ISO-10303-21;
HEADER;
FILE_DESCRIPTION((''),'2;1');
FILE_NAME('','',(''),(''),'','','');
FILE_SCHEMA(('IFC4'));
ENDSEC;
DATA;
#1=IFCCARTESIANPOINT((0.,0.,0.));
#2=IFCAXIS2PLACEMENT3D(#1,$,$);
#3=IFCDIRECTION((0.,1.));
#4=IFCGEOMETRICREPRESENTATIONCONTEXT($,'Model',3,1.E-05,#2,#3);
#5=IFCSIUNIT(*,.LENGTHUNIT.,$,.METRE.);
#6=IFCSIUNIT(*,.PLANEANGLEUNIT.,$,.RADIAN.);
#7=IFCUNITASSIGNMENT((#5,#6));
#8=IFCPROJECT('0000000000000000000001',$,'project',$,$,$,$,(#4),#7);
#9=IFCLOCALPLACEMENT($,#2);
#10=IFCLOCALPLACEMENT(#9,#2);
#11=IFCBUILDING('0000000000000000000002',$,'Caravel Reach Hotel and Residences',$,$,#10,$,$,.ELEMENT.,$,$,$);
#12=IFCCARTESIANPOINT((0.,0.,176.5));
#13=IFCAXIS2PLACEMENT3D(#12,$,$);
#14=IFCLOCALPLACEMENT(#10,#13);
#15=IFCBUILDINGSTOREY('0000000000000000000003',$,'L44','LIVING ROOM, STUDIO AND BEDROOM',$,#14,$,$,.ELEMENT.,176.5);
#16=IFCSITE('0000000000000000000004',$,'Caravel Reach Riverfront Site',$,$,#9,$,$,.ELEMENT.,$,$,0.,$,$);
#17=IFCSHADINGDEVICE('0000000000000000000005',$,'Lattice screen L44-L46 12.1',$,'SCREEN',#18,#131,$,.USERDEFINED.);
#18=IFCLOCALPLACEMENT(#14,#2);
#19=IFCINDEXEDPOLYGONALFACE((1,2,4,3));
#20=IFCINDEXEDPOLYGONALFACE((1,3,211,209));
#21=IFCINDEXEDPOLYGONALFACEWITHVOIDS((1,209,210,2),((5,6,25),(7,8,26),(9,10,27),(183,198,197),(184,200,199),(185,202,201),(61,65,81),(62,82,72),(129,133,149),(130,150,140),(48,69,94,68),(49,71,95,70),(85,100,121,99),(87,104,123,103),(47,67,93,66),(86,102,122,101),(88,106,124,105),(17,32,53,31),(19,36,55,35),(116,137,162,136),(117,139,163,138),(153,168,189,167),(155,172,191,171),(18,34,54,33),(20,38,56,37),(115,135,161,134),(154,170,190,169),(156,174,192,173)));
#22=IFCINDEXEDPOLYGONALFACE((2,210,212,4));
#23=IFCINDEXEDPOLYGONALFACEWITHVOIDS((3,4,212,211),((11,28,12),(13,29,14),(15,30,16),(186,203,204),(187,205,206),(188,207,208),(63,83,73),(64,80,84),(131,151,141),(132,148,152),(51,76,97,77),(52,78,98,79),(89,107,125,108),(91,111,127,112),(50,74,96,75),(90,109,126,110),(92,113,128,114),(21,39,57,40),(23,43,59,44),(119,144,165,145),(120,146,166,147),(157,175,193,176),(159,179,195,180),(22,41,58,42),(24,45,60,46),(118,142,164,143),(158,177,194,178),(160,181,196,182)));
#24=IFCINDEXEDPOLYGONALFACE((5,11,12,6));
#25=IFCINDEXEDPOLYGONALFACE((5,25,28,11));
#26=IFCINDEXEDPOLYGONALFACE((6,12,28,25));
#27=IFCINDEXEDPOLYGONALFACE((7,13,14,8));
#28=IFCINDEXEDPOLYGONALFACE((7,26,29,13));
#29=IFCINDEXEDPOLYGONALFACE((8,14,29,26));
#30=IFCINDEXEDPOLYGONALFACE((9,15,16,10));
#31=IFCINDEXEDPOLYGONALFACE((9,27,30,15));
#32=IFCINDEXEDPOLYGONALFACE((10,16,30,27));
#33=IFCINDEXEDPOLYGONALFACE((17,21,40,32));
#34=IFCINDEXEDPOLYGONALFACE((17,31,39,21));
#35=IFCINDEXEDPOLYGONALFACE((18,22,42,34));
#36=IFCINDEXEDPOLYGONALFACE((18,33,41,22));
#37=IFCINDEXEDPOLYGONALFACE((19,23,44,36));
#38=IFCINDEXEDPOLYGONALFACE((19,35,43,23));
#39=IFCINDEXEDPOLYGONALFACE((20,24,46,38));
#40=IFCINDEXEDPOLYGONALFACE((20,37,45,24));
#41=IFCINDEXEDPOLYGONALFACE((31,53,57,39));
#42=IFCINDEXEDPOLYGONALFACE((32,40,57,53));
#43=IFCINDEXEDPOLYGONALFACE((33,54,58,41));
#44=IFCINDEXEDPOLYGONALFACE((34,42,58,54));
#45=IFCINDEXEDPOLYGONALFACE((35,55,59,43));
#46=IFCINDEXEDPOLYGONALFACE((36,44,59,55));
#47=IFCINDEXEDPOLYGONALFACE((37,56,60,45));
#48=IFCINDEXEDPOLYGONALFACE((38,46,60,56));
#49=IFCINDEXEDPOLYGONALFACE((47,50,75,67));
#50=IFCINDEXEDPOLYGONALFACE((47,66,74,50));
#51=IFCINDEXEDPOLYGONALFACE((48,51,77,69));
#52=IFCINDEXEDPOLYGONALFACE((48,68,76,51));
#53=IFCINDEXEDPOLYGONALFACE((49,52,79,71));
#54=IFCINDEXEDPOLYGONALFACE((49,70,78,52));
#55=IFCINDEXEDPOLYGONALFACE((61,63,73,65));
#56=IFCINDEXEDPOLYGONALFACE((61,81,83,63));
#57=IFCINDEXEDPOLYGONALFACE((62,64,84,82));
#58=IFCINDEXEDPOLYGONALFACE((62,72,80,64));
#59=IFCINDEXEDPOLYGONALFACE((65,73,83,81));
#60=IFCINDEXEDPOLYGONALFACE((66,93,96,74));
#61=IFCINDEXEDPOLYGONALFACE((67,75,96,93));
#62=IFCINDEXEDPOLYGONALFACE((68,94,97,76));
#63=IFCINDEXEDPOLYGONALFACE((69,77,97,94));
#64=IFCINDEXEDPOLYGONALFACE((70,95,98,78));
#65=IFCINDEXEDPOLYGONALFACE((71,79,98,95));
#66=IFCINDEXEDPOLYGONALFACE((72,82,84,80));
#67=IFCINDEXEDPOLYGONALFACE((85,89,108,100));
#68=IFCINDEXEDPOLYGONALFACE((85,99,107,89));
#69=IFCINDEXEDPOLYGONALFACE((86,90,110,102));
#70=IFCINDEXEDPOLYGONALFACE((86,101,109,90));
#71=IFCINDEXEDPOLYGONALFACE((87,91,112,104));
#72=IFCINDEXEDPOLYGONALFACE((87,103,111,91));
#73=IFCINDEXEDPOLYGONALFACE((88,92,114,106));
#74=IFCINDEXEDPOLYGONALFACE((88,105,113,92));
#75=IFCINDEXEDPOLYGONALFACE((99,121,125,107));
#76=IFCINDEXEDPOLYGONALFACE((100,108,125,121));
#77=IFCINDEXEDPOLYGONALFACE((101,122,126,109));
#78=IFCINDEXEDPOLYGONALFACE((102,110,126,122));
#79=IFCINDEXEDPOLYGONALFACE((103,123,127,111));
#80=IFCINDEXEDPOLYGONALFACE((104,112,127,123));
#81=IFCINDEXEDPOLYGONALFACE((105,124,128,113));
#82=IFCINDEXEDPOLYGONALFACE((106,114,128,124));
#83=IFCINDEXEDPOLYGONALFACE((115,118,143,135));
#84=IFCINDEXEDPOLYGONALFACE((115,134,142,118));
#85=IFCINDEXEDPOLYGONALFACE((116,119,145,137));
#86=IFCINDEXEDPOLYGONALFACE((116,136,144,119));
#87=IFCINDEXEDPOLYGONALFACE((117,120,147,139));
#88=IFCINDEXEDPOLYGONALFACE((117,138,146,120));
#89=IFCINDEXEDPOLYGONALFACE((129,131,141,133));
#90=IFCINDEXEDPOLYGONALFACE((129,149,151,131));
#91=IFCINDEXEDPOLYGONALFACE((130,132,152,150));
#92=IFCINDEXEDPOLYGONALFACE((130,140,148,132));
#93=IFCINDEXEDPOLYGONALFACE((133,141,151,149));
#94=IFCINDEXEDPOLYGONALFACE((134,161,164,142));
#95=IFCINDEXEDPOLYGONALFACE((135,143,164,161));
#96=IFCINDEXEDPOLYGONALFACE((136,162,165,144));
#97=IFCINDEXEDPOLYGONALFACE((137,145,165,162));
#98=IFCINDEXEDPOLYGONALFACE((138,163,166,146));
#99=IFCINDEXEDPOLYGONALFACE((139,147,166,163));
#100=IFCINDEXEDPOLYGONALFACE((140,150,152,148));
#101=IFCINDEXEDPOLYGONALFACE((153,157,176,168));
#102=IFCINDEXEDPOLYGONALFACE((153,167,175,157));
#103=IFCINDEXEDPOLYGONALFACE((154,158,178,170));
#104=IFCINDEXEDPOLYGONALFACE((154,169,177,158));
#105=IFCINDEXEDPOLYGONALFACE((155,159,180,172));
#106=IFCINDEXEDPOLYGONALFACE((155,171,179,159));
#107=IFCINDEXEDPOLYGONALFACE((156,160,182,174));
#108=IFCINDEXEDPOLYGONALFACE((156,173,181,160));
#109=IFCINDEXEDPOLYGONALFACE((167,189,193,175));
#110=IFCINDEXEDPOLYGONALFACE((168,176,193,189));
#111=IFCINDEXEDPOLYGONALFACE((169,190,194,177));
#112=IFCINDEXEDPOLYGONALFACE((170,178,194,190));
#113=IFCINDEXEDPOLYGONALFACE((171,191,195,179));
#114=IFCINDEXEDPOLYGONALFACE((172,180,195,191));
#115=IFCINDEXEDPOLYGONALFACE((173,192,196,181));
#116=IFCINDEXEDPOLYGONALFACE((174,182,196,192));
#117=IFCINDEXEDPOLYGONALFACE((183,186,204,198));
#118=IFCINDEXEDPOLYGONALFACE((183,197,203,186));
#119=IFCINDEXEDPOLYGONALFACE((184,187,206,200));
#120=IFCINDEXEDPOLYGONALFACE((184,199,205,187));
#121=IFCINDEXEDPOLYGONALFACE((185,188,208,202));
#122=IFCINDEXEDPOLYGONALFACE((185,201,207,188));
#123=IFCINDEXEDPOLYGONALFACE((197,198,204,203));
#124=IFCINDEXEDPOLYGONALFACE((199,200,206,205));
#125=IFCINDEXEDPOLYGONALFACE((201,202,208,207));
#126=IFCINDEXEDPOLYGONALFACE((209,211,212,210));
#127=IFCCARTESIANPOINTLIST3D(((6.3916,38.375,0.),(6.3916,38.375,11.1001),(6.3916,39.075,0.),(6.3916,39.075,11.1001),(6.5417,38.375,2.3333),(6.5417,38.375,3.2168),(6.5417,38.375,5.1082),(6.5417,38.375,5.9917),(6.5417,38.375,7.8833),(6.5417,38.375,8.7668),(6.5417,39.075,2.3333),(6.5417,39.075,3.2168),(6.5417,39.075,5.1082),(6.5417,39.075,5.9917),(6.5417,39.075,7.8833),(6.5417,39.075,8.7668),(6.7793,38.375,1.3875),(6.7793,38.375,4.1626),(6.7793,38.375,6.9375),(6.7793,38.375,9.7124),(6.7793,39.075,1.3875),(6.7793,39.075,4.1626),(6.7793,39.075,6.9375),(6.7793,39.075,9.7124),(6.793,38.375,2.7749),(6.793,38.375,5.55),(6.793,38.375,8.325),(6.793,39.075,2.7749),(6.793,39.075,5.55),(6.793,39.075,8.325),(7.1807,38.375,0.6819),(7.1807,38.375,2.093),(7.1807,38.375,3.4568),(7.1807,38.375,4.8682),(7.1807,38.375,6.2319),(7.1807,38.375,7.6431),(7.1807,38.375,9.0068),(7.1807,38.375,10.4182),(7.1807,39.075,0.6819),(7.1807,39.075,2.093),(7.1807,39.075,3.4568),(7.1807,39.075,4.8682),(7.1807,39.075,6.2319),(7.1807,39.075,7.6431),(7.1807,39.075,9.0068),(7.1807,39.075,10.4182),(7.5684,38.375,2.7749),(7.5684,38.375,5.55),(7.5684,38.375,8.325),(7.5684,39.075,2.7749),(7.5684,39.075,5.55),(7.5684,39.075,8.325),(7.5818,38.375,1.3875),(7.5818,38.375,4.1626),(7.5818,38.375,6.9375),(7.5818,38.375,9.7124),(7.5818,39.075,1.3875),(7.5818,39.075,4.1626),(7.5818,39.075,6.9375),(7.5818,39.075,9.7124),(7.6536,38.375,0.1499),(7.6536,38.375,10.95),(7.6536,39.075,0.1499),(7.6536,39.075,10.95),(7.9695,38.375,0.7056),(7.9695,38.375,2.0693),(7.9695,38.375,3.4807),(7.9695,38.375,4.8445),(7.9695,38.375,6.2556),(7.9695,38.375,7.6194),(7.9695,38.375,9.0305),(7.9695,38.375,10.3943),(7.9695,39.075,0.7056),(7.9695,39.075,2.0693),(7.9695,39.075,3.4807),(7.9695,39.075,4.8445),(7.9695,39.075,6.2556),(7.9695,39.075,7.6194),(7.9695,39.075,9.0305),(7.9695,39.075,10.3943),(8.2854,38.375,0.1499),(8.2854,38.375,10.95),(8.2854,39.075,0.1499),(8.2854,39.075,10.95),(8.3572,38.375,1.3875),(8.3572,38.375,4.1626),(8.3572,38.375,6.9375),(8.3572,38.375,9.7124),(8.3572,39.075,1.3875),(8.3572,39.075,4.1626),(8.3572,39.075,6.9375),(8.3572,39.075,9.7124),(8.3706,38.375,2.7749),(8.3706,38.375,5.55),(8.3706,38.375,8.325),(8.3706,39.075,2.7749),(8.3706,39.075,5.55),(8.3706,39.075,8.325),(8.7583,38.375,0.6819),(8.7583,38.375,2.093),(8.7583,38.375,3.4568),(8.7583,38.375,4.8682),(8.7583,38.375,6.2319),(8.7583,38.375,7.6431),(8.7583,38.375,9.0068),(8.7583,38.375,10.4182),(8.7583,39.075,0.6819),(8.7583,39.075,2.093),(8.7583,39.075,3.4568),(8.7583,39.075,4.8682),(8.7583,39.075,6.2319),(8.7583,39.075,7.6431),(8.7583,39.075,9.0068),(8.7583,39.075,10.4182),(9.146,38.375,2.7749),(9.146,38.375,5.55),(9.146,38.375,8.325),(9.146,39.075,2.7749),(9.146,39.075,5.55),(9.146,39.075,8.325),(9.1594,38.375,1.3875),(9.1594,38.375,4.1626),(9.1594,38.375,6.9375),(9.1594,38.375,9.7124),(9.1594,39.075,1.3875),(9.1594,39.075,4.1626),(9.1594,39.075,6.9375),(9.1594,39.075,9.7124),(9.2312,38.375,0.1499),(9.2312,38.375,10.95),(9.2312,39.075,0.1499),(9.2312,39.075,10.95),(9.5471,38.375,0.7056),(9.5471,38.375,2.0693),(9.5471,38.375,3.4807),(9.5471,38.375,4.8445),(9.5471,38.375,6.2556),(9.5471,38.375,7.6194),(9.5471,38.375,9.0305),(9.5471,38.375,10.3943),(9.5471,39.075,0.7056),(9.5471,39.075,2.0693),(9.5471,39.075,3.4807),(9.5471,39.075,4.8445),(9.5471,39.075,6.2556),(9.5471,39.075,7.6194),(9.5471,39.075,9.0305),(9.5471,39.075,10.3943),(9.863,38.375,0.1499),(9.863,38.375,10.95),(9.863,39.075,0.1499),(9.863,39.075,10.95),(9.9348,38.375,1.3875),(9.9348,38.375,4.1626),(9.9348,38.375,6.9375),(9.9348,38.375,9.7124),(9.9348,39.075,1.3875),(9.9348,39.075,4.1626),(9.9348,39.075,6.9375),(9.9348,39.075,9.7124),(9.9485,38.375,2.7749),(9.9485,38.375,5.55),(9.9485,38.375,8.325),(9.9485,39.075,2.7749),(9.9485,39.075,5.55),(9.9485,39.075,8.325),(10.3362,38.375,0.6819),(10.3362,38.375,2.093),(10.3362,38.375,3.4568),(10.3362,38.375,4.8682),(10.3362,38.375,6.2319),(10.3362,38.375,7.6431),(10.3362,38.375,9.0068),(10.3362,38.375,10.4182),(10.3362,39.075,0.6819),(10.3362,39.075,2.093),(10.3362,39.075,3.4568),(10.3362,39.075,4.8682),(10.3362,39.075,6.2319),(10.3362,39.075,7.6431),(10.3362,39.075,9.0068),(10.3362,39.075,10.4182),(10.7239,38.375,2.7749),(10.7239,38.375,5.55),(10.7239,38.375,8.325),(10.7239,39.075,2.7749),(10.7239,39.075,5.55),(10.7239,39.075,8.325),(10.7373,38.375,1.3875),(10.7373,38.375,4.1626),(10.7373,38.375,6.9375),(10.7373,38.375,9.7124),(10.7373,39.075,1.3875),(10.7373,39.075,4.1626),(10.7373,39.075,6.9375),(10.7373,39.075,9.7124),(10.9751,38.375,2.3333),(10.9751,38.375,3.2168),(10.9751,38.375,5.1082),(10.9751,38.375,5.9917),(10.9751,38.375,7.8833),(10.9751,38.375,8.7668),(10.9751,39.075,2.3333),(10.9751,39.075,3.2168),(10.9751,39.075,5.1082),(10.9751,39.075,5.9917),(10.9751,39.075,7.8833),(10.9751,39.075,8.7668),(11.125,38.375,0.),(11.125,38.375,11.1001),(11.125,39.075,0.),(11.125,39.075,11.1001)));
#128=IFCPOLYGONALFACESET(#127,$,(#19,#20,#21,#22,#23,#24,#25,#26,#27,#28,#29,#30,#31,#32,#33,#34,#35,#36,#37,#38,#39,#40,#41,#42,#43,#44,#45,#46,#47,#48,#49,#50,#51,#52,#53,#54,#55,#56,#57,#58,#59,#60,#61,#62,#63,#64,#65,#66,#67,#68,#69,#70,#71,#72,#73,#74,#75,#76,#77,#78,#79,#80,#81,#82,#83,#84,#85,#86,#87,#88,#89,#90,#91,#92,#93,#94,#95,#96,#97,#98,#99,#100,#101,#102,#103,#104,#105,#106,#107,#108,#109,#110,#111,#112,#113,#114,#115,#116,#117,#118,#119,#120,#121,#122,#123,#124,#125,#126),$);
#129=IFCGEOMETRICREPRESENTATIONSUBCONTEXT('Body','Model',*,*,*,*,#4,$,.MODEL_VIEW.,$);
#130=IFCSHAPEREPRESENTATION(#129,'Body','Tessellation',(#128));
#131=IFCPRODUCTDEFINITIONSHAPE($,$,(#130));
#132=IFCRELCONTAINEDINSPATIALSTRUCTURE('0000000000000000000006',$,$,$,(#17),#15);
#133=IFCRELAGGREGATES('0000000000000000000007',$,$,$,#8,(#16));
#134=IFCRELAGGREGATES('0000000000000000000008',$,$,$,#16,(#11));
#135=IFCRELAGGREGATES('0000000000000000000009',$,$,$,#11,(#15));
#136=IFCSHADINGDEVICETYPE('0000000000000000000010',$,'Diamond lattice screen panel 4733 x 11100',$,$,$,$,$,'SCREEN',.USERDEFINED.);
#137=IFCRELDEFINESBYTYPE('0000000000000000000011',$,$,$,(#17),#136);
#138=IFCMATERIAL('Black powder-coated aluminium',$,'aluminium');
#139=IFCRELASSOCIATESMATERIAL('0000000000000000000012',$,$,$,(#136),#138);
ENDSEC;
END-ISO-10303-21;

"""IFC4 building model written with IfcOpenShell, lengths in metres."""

from ifc_helpers import new_model, si_unit, direction, frame, origin, place, context, subcontext, project, spatial, polyline, outline, extrude, material, type_object, element, save


model = new_model("IFC4")

# Units and contexts
model_context = context("Model", 3, precision=1e-05, world=origin(), true_north=direction((0.0, 1.0)))
body_context = subcontext(model_context, "Body", "Model", "MODEL_VIEW")
ifc_project = project(units=[si_unit("LENGTHUNIT", "METRE"), si_unit("PLANEANGLEUNIT", "RADIAN")], contexts=[model_context])

# Site, building, storey
site_placement = place(None, origin())
site = spatial("IfcSite", under=ifc_project, at=site_placement, Name="Caravel Reach Riverfront Site", CompositionType="ELEMENT", RefElevation=0.0)
building_placement = place(site_placement, origin())
building = spatial("IfcBuilding", under=site, at=building_placement, Name="Caravel Reach Hotel and Residences", CompositionType="ELEMENT")
storey_placement = place(building_placement, frame((0.0, 0.0, 176.5)))
storey = spatial("IfcBuildingStorey", under=building, at=storey_placement, Name="L44", Description="LIVING ROOM, STUDIO AND BEDROOM", CompositionType="ELEMENT", Elevation=176.5)

# Shading device
ifc_material_1 = material(Name="Black powder-coated aluminium", Category="aluminium")
shading_device_type_1 = type_object("IfcShadingDeviceType", Name="Diamond lattice screen panel 4733 x 11100", ElementType="SCREEN", PredefinedType="USERDEFINED", material=ifc_material_1)
shading_device_1_placement = place(storey_placement, frame((11.125, 38.375, 0.0), z_axis=(0.0, 1.0, 0.0), x_axis=(-1.0, 0.0, 0.0)))
element("IfcShadingDevice", 1, at=shading_device_1_placement, inside=storey, type_object=shading_device_type_1, Name="Lattice screen L44-L46 12.1", ObjectType="SCREEN", PredefinedType="USERDEFINED", context=body_context, shape_type="SweptSolid", body=[
    extrude(outline(polyline([(0.0, 0.0), (4.7334, 0.0), (4.7334, 11.1001), (0.0, 11.1001), (0.0, 0.0)]), holes=[polyline([(0.4011, 2.7749), (0.1499, 3.2168), (0.1499, 2.3333), (0.4011, 2.7749)]), polyline([(0.4011, 5.55), (0.1499, 5.9917), (0.1499, 5.1082), (0.4011, 5.55)]), polyline([(0.4011, 8.325), (0.1499, 8.7668), (0.1499, 7.8833), (0.4011, 8.325)]), polyline([(0.7888, 2.093), (0.3877, 1.3875), (0.7888, 0.6819), (1.1902, 1.3875), (0.7888, 2.093)]), polyline([(0.7888, 4.8682), (0.3877, 4.1626), (0.7888, 3.4568), (1.1902, 4.1626), (0.7888, 4.8682)]), polyline([(0.7888, 7.6431), (0.3877, 6.9375), (0.7888, 6.2319), (1.1902, 6.9375), (0.7888, 7.6431)]), polyline([(0.7888, 10.4182), (0.3877, 9.7124), (0.7888, 9.0068), (1.1902, 9.7124), (0.7888, 10.4182)]), polyline([(1.5779, 0.7056), (1.262, 0.1499), (1.8938, 0.1499), (1.5779, 0.7056)]), polyline([(1.5779, 3.4807), (1.1765, 2.7749), (1.5779, 2.0693), (1.979, 2.7749), (1.5779, 3.4807)]), polyline([(1.5779, 6.2556), (1.1765, 5.55), (1.5779, 4.8445), (1.979, 5.55), (1.5779, 6.2556)]), polyline([(1.5779, 9.0305), (1.1765, 8.325), (1.5779, 7.6194), (1.979, 8.325), (1.5779, 9.0305)]), polyline([(1.5779, 10.3943), (1.8938, 10.95), (1.262, 10.95), (1.5779, 10.3943)]), polyline([(2.3667, 2.093), (1.9656, 1.3875), (2.3667, 0.6819), (2.7678, 1.3875), (2.3667, 2.093)]), polyline([(2.3667, 4.8682), (1.9656, 4.1626), (2.3667, 3.4568), (2.7678, 4.1626), (2.3667, 4.8682)]), polyline([(2.3667, 7.6431), (1.9656, 6.9375), (2.3667, 6.2319), (2.7678, 6.9375), (2.3667, 7.6431)]), polyline([(2.3667, 10.4182), (1.9656, 9.7124), (2.3667, 9.0068), (2.7678, 9.7124), (2.3667, 10.4182)]), polyline([(3.1555, 0.7056), (2.8396, 0.1499), (3.4714, 0.1499), (3.1555, 0.7056)]), polyline([(3.1555, 3.4807), (2.7544, 2.7749), (3.1555, 2.0693), (3.5566, 2.7749), (3.1555, 3.4807)]), polyline([(3.1555, 6.2556), (2.7544, 5.55), (3.1555, 4.8445), (3.5566, 5.55), (3.1555, 6.2556)]), polyline([(3.1555, 9.0305), (2.7544, 8.325), (3.1555, 7.6194), (3.5566, 8.325), (3.1555, 9.0305)]), polyline([(3.1555, 10.3943), (3.4714, 10.95), (2.8396, 10.95), (3.1555, 10.3943)]), polyline([(3.9443, 2.093), (3.5432, 1.3875), (3.9443, 0.6819), (4.3457, 1.3875), (3.9443, 2.093)]), polyline([(3.9443, 4.8682), (3.5432, 4.1626), (3.9443, 3.4568), (4.3457, 4.1626), (3.9443, 4.8682)]), polyline([(3.9443, 7.6431), (3.5432, 6.9375), (3.9443, 6.2319), (4.3457, 6.9375), (3.9443, 7.6431)]), polyline([(3.9443, 10.4182), (3.5432, 9.7124), (3.9443, 9.0068), (4.3457, 9.7124), (3.9443, 10.4182)]), polyline([(4.332, 2.7749), (4.5833, 2.3333), (4.5833, 3.2168), (4.332, 2.7749)]), polyline([(4.332, 5.55), (4.5833, 5.1082), (4.5833, 5.9917), (4.332, 5.55)]), polyline([(4.332, 8.325), (4.5833, 7.8833), (4.5833, 8.7668), (4.332, 8.325)])]), origin(), (0.0, 0.0, 1.0), 0.7),
])

save(model, "model.ifc")
